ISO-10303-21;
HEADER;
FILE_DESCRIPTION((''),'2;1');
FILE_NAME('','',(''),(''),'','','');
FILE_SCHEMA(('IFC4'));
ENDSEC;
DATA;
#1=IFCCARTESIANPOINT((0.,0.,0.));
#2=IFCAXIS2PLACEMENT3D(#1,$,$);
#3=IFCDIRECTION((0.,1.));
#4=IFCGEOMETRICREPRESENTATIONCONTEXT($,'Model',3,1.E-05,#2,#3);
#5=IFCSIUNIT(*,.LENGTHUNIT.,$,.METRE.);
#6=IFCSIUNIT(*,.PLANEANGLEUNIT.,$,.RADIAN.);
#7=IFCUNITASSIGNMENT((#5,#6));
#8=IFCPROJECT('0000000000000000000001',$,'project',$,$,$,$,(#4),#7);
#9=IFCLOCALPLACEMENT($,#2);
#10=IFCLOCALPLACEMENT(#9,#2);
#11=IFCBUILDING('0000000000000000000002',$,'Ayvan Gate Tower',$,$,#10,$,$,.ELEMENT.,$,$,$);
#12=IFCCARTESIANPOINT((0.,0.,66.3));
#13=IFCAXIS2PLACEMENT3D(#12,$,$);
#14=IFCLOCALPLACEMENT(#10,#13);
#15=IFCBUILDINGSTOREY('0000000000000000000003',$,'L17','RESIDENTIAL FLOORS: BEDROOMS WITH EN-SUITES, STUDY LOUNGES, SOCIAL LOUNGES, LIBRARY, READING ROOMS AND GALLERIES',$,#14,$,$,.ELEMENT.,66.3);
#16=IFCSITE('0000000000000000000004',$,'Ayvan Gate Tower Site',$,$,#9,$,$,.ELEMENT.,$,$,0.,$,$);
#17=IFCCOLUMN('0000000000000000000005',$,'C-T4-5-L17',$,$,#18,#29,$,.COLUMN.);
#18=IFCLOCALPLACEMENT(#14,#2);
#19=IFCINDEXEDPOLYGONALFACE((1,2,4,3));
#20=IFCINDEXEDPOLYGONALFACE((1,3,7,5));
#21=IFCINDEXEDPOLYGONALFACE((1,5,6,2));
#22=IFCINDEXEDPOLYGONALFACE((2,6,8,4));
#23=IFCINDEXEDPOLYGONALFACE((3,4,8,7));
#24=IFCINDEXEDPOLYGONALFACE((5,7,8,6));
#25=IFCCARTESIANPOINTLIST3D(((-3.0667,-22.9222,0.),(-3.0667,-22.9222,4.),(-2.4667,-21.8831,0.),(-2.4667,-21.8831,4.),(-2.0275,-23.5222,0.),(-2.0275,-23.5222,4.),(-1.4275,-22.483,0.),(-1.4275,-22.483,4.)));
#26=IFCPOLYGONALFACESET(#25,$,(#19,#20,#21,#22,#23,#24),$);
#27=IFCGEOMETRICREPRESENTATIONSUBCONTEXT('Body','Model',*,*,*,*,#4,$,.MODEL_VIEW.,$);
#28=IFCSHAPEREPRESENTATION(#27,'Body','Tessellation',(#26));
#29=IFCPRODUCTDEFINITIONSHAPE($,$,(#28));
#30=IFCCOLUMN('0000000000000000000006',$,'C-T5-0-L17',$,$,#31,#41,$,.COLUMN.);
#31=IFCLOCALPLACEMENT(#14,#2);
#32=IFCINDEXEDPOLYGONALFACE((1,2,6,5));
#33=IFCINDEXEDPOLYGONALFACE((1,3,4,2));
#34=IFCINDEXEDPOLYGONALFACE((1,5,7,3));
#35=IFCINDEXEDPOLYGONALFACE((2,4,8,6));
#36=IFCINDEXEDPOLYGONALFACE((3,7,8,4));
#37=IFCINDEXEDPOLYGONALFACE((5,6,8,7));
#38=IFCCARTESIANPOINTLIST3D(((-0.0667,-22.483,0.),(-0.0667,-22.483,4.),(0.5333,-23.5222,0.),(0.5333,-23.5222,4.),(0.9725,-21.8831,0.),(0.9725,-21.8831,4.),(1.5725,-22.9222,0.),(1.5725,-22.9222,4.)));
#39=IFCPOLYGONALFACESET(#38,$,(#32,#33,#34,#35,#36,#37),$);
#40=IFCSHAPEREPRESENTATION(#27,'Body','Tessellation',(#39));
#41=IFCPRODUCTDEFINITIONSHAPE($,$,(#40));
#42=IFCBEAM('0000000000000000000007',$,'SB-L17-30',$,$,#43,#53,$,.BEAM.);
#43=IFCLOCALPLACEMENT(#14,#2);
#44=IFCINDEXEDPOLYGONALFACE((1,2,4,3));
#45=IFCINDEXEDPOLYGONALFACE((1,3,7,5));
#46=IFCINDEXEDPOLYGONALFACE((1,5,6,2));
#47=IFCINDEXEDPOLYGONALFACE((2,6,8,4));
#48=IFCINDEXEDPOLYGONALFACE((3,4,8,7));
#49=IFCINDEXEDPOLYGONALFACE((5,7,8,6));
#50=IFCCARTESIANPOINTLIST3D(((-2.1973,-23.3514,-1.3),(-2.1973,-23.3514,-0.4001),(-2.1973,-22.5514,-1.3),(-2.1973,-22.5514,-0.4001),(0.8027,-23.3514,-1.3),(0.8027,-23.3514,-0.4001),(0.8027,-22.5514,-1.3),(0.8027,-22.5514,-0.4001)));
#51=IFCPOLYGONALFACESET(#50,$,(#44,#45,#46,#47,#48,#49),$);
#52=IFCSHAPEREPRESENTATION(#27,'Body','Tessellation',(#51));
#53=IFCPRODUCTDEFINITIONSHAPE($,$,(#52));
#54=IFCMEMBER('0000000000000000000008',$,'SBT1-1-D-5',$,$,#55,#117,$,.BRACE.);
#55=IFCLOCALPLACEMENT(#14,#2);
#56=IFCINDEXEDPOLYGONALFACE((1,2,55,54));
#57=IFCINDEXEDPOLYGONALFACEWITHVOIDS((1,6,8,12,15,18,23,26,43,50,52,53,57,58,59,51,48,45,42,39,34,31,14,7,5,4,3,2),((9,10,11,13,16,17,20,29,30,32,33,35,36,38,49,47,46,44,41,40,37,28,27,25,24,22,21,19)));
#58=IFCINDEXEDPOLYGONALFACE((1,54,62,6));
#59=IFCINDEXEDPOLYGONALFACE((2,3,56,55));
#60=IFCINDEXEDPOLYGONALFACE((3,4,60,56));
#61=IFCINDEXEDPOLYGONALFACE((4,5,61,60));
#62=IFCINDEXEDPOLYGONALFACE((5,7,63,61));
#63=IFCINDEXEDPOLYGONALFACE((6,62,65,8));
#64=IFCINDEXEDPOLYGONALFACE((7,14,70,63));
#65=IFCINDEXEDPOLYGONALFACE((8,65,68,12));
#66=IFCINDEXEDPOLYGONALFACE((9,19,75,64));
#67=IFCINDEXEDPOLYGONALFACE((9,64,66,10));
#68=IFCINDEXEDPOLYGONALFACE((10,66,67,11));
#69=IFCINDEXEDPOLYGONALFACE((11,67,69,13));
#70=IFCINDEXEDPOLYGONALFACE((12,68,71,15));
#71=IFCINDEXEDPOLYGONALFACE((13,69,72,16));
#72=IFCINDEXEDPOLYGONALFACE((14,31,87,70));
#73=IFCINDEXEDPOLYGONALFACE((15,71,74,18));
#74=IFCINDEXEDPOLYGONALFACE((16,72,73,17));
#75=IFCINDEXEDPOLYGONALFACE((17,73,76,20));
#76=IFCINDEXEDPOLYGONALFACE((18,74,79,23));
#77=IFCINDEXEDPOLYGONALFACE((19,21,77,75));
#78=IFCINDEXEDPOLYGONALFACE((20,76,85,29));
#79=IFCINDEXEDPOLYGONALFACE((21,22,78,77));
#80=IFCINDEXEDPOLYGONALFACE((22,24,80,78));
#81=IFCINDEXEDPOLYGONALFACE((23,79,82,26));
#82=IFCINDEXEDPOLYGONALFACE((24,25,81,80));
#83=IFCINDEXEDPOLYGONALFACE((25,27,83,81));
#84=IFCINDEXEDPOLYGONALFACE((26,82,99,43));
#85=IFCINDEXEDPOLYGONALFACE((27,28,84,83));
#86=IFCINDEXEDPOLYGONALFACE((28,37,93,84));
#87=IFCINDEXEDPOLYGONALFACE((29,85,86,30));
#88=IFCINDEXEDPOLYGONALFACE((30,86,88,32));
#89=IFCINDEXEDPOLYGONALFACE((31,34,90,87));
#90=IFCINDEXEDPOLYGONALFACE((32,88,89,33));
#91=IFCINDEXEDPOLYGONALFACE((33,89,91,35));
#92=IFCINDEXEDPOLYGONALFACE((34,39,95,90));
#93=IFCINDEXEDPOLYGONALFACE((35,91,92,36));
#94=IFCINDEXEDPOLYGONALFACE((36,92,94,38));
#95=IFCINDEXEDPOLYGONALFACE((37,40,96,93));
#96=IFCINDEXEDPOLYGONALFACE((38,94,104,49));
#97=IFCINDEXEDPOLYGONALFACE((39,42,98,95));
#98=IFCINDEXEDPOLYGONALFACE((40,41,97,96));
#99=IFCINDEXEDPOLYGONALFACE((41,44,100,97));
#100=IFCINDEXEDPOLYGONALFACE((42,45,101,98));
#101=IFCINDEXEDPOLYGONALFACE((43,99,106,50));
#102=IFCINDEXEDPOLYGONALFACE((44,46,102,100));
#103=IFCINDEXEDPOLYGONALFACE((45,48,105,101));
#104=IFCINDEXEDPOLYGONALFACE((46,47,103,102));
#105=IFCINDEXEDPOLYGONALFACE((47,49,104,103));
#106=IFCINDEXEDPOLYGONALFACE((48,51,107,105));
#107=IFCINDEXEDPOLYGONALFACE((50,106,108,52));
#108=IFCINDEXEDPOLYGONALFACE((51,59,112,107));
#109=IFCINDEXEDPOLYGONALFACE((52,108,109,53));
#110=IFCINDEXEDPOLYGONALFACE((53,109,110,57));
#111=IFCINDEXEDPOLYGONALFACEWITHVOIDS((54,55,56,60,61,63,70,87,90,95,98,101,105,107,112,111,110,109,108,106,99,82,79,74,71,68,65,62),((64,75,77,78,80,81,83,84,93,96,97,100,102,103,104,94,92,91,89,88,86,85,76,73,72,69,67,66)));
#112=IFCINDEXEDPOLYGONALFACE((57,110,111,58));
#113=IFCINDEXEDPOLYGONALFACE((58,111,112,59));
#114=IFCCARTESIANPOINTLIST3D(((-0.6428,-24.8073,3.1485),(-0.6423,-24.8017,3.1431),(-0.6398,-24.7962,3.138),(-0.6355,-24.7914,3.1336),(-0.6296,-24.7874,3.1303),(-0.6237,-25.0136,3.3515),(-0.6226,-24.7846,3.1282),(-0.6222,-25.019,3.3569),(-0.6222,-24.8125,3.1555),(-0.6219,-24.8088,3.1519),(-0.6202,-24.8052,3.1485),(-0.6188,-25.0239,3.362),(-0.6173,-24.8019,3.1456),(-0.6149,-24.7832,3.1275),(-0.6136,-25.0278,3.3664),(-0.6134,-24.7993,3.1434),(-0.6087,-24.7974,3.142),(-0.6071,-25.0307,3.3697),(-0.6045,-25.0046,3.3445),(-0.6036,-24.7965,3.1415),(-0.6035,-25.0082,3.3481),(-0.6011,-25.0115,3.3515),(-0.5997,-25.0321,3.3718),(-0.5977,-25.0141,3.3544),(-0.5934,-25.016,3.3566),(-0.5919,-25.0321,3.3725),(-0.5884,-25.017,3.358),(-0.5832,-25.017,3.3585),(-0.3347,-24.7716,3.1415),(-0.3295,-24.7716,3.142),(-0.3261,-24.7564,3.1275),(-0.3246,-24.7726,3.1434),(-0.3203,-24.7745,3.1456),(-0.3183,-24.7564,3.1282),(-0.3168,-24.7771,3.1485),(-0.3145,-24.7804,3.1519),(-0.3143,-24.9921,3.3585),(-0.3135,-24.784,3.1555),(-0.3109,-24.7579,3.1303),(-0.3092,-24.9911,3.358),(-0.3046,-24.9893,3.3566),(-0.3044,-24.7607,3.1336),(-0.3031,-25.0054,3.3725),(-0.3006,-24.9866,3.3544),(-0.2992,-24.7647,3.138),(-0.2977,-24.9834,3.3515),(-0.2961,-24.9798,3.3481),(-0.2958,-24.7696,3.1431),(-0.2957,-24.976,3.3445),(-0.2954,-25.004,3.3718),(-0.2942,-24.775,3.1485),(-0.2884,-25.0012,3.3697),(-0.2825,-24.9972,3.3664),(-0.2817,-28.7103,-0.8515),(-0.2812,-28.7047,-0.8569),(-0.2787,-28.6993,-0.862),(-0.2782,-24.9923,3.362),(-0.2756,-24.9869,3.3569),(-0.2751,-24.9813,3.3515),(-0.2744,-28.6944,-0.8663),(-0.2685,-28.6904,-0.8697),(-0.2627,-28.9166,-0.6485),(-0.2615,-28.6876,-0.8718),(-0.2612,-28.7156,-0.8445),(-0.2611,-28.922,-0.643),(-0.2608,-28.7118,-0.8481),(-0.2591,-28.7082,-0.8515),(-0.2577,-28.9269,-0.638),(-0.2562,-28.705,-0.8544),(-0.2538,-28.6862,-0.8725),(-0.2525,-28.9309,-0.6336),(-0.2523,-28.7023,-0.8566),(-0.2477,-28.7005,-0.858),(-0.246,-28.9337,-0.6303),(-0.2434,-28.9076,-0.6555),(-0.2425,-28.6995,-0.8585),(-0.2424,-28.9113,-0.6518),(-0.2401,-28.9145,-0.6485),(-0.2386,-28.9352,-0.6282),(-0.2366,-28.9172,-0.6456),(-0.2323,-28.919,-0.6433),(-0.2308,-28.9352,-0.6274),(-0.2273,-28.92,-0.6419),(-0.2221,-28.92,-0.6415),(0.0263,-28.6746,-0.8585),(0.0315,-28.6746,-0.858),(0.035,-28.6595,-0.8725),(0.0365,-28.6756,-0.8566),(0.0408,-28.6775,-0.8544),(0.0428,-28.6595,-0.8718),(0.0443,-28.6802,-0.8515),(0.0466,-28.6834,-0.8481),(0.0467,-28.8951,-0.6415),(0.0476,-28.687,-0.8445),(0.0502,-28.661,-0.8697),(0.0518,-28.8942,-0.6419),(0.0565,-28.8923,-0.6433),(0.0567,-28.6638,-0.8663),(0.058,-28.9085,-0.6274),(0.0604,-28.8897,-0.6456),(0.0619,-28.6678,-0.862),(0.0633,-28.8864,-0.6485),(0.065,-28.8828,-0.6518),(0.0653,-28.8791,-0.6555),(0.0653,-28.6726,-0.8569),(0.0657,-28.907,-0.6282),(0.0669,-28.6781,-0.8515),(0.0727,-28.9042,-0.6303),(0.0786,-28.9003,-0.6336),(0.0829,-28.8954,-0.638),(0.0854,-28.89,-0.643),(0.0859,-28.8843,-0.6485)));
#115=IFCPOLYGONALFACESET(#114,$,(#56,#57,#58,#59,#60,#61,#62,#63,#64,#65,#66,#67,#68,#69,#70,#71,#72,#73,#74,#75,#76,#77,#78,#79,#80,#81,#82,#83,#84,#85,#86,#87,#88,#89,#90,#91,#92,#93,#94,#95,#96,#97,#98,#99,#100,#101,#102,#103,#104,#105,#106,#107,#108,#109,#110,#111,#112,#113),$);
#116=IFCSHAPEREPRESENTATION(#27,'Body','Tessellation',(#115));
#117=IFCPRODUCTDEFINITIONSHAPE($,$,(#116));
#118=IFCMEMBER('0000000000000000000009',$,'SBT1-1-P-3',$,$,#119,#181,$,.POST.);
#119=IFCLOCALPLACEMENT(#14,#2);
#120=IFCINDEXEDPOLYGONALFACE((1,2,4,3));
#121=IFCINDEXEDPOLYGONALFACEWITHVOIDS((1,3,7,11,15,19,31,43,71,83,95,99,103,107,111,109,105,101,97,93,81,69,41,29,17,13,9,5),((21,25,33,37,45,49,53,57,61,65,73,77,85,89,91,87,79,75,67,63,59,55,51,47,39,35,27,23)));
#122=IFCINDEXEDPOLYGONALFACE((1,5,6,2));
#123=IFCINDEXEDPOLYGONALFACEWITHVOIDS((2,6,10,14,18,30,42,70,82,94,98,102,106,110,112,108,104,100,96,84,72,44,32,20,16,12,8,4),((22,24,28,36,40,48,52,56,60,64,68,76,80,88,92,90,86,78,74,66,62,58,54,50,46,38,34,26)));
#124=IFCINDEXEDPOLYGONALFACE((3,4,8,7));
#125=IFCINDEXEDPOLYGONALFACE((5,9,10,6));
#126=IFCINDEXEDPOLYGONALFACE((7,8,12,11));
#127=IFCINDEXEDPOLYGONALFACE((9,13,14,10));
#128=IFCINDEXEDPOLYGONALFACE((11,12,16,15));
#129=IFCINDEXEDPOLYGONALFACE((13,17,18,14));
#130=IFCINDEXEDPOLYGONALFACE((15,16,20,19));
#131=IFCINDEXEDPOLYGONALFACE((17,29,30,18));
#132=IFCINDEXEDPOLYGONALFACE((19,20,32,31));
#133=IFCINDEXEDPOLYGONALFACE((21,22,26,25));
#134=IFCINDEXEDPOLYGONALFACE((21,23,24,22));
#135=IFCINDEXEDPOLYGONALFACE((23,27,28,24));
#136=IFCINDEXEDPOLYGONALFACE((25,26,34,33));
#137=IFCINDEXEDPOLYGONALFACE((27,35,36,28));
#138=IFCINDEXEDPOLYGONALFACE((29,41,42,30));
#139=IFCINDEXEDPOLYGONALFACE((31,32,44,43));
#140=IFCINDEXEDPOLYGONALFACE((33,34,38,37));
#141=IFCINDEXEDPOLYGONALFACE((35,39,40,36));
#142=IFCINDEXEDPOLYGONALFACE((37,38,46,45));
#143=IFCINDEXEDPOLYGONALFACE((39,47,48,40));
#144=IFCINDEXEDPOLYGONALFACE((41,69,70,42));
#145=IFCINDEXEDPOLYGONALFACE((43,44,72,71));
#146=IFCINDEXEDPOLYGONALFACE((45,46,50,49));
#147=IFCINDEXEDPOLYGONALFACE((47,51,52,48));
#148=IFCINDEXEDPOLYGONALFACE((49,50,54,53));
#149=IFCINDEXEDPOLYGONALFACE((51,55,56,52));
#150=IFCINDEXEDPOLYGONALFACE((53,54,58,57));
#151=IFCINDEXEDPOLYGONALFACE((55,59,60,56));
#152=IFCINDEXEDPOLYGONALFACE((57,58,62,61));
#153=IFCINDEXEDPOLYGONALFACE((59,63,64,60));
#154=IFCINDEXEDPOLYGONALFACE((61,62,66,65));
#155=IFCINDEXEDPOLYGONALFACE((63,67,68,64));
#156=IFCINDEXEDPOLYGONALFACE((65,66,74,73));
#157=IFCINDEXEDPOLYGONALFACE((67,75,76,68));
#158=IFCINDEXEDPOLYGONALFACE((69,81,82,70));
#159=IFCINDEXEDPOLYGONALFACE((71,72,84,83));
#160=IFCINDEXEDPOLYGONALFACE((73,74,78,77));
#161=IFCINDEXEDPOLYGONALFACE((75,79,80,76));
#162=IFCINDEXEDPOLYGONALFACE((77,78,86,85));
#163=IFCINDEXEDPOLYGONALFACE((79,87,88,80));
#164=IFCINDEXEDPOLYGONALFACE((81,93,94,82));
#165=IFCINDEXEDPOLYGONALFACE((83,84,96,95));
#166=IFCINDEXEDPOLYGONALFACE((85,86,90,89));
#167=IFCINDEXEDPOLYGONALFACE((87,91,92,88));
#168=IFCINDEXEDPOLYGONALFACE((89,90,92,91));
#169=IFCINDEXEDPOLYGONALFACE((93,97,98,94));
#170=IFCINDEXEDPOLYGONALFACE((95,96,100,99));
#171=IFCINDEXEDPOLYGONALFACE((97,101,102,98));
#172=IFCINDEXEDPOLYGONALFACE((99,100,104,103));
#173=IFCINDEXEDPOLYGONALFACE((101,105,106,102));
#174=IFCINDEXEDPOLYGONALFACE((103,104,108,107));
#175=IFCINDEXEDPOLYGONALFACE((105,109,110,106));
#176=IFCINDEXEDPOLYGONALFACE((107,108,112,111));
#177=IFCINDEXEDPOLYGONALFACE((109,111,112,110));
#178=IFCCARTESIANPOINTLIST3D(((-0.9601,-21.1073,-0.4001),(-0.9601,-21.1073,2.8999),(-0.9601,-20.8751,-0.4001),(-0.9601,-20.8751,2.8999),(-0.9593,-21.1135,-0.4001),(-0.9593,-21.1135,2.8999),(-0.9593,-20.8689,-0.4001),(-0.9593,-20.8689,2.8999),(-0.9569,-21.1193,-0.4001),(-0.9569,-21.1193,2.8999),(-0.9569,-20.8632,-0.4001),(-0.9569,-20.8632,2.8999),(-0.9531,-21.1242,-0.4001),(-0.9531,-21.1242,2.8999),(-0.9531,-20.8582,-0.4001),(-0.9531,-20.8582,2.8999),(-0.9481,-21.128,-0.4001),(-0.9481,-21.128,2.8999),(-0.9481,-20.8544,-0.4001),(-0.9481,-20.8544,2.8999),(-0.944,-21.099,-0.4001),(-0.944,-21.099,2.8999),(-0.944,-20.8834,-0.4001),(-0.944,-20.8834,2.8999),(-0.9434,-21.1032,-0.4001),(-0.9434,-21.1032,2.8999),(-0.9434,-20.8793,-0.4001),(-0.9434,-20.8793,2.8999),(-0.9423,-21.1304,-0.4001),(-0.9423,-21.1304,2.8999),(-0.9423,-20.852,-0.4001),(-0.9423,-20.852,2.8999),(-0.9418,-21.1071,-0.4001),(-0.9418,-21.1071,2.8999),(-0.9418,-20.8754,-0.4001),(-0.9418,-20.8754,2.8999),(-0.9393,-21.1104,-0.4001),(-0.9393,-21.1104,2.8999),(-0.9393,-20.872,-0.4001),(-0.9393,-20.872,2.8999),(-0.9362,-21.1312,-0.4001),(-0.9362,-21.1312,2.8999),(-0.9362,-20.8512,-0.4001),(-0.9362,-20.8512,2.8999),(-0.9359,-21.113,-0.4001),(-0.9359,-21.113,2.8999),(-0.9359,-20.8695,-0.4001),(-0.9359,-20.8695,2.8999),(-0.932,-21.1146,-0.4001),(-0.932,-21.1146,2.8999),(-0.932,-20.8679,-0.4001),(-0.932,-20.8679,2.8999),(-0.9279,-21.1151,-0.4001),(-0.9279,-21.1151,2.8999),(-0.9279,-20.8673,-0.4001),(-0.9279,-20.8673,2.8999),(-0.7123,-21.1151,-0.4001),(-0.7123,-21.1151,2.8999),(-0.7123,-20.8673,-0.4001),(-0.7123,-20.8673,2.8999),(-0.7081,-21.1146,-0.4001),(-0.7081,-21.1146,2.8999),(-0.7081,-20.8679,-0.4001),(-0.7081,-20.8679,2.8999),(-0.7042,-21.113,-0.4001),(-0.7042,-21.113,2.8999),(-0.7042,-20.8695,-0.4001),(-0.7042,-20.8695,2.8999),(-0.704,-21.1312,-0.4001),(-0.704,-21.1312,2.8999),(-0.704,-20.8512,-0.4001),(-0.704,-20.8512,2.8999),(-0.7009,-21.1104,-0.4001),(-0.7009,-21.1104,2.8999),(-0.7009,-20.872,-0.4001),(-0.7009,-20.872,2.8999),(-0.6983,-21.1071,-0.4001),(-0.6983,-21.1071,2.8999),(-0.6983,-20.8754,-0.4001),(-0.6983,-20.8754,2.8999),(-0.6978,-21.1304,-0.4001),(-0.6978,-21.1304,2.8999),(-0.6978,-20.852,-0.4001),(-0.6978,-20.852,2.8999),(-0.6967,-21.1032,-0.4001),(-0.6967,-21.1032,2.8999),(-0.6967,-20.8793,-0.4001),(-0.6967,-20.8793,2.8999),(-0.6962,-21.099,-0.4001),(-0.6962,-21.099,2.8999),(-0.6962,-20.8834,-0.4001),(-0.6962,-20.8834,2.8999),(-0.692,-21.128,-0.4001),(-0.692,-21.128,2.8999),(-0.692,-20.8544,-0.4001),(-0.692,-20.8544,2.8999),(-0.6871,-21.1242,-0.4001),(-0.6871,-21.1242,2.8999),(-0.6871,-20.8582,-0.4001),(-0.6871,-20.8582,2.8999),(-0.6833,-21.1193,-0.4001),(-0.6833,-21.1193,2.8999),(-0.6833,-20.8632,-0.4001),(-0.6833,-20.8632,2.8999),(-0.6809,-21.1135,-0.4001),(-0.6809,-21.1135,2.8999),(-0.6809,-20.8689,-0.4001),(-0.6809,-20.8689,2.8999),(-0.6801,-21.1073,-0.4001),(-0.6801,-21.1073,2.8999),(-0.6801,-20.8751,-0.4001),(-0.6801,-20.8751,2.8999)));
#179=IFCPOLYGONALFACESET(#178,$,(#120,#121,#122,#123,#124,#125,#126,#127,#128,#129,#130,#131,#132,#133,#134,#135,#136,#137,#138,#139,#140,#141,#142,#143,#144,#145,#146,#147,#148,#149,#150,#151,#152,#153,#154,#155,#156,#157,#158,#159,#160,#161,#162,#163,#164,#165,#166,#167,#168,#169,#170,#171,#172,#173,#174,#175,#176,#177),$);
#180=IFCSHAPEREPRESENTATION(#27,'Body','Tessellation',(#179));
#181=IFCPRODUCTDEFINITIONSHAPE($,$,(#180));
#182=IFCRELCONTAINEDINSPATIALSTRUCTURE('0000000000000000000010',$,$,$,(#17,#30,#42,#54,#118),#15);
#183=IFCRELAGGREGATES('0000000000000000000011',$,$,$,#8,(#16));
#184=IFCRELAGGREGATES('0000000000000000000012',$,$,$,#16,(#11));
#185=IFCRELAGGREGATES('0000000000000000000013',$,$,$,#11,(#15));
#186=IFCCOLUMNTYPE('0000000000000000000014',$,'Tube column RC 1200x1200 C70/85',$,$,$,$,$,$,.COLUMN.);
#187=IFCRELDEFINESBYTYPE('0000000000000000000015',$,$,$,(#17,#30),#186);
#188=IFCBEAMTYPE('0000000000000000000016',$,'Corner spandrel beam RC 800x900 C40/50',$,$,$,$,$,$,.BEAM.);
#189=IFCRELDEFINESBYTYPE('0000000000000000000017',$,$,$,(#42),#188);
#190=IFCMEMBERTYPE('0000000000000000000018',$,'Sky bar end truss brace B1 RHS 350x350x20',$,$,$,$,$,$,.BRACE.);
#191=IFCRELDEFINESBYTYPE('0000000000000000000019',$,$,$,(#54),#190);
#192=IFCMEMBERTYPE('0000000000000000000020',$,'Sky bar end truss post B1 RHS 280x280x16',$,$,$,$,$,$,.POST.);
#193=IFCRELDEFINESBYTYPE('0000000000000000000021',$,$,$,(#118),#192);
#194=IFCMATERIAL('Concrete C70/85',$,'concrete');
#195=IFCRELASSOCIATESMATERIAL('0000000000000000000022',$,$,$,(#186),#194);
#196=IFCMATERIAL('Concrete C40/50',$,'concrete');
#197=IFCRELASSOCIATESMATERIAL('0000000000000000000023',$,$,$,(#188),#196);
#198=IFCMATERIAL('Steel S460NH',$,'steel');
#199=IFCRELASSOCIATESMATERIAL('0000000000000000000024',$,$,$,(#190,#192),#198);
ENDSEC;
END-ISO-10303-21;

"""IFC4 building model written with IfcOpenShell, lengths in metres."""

from ifc_helpers import new_model, si_unit, direction, frame, origin, origin_2d, place, context, subcontext, project, spatial, rectangle, hollow_rectangle, extrude, material, material_profile, profile_set, type_object, element, save


model = new_model("IFC4")

# Units and contexts
model_context = context("Model", 3, precision=1e-05, world=origin(), true_north=direction((0.0, 1.0)))
body_context = subcontext(model_context, "Body", "Model", "MODEL_VIEW")
ifc_project = project(units=[si_unit("LENGTHUNIT", "METRE"), si_unit("PLANEANGLEUNIT", "RADIAN")], contexts=[model_context])

# Site, building, storey
site_placement = place(None, origin())
site = spatial("IfcSite", under=ifc_project, at=site_placement, Name="Ayvan Gate Tower Site", CompositionType="ELEMENT", RefElevation=0.0)
building_placement = place(site_placement, origin())
building = spatial("IfcBuilding", under=site, at=building_placement, Name="Ayvan Gate Tower", CompositionType="ELEMENT")
storey_placement = place(building_placement, frame((0.0, 0.0, 66.3)))
storey = spatial("IfcBuildingStorey", under=building, at=storey_placement, Name="L17", Description="RESIDENTIAL FLOORS: BEDROOMS WITH EN-SUITES, STUDY LOUNGES, SOCIAL LOUNGES, LIBRARY, READING ROOMS AND GALLERIES", CompositionType="ELEMENT", Elevation=66.3)

# Columns
ifc_material_1 = material(Name="Concrete C70/85", Category="concrete")
ifc_material_profile_1 = material_profile(ifc_material_1, rectangle(XDim=1.2, YDim=1.2, at=origin_2d()), Name="RC 1200x1200")
ifc_profile_set_1 = profile_set([ifc_material_profile_1], Name="Concrete C70/85")
column_type = type_object("IfcColumnType", Name="Tube column RC 1200x1200 C70/85", PredefinedType="COLUMN", material=ifc_profile_set_1)
for number, where, z_axis, x_axis, name in (
    (1, (-2.2471, -22.7026, 0.0), (0.0, 0.0, 1.0), (-0.5, -0.866025, 0.0), "C-T4-5-L17"),
    (2, (0.7529, -22.7026, 0.0), (0.0, 0.0, 1.0), (0.5, -0.866025, 0.0), "C-T5-0-L17"),
):
    element("IfcColumn", number, at=place(storey_placement, frame(where, z_axis=z_axis, x_axis=x_axis)), inside=storey, type_object=column_type, Name=name, PredefinedType="COLUMN", context=body_context, shape_type="SweptSolid", body=[
        extrude(rectangle(XDim=1.2, YDim=1.2, at=origin_2d()), origin(), (0.0, 0.0, 1.0), 4.0),
    ])

# Beam
ifc_material_2 = material(Name="Concrete C40/50", Category="concrete")
ifc_material_profile_2 = material_profile(ifc_material_2, rectangle(XDim=0.8, YDim=0.8999, at=origin_2d()), Name="RC 800x900")
ifc_profile_set_2 = profile_set([ifc_material_profile_2], Name="Concrete C40/50")
beam_type_1 = type_object("IfcBeamType", Name="Corner spandrel beam RC 800x900 C40/50", PredefinedType="BEAM", material=ifc_profile_set_2)
beam_1_placement = place(storey_placement, frame((-2.1973, -22.9514, -0.8501), z_axis=(1.0, 0.0, 0.0), x_axis=(0.0, 1.0, 0.0)))
element("IfcBeam", 3, at=beam_1_placement, inside=storey, type_object=beam_type_1, Name="SB-L17-30", PredefinedType="BEAM", context=body_context, shape_type="SweptSolid", body=[
    extrude(rectangle(XDim=0.8, YDim=0.8999, at=origin_2d()), origin(), (0.0, 0.0, 1.0), 3.0),
])

# Members
ifc_material_3 = material(Name="Steel S460NH", Category="steel")
ifc_material_profile_3 = material_profile(ifc_material_3, hollow_rectangle(XDim=0.3501, YDim=0.3501, WallThickness=0.02, InnerFilletRadius=0.02, OuterFilletRadius=0.03, at=origin_2d()), Name="RHS 350x350x20")
ifc_profile_set_3 = profile_set([ifc_material_profile_3], Name="Steel S460NH")
member_type_1 = type_object("IfcMemberType", Name="Sky bar end truss brace B1 RHS 350x350x20", PredefinedType="BRACE", material=ifc_profile_set_3)
member_1_placement = place(storey_placement, frame((-0.459, -24.8943, 3.25), z_axis=(0.064475, -0.696929, -0.714236), x_axis=(0.995748, 0.092119, 0.0)))
element("IfcMember", 4, at=member_1_placement, inside=storey, type_object=member_type_1, Name="SBT1-1-D-5", PredefinedType="BRACE", context=body_context, shape_type="SweptSolid", body=[
    extrude(hollow_rectangle(XDim=0.3501, YDim=0.3501, WallThickness=0.02, InnerFilletRadius=0.02, OuterFilletRadius=0.03, at=origin_2d()), origin(), (0.0, 0.0, 1.0), 5.6003),
])
ifc_material_profile_4 = material_profile(ifc_material_3, hollow_rectangle(XDim=0.28, YDim=0.28, WallThickness=0.0161, InnerFilletRadius=0.0161, OuterFilletRadius=0.0239, at=origin_2d()), Name="RHS 280x280x16")
ifc_profile_set_4 = profile_set([ifc_material_profile_4], Name="Steel S460NH")
member_type_2 = type_object("IfcMemberType", Name="Sky bar end truss post B1 RHS 280x280x16", PredefinedType="POST", material=ifc_profile_set_4)
for number, where, z_axis, x_axis, name in (
    (5, (-0.8201, -20.9912, -0.4001), (0.0, 0.0, 1.0), (1.0, 0.0, 0.0), "SBT1-1-P-3"),
):
    element("IfcMember", number, at=place(storey_placement, frame(where, z_axis=z_axis, x_axis=x_axis)), inside=storey, type_object=member_type_2, Name=name, PredefinedType="POST", context=body_context, shape_type="SweptSolid", body=[
        extrude(hollow_rectangle(XDim=0.28, YDim=0.28, WallThickness=0.0161, InnerFilletRadius=0.0161, OuterFilletRadius=0.0239, at=origin_2d()), origin(), (0.0, 0.0, 1.0), 3.3),
    ])

save(model, "model.ifc")
